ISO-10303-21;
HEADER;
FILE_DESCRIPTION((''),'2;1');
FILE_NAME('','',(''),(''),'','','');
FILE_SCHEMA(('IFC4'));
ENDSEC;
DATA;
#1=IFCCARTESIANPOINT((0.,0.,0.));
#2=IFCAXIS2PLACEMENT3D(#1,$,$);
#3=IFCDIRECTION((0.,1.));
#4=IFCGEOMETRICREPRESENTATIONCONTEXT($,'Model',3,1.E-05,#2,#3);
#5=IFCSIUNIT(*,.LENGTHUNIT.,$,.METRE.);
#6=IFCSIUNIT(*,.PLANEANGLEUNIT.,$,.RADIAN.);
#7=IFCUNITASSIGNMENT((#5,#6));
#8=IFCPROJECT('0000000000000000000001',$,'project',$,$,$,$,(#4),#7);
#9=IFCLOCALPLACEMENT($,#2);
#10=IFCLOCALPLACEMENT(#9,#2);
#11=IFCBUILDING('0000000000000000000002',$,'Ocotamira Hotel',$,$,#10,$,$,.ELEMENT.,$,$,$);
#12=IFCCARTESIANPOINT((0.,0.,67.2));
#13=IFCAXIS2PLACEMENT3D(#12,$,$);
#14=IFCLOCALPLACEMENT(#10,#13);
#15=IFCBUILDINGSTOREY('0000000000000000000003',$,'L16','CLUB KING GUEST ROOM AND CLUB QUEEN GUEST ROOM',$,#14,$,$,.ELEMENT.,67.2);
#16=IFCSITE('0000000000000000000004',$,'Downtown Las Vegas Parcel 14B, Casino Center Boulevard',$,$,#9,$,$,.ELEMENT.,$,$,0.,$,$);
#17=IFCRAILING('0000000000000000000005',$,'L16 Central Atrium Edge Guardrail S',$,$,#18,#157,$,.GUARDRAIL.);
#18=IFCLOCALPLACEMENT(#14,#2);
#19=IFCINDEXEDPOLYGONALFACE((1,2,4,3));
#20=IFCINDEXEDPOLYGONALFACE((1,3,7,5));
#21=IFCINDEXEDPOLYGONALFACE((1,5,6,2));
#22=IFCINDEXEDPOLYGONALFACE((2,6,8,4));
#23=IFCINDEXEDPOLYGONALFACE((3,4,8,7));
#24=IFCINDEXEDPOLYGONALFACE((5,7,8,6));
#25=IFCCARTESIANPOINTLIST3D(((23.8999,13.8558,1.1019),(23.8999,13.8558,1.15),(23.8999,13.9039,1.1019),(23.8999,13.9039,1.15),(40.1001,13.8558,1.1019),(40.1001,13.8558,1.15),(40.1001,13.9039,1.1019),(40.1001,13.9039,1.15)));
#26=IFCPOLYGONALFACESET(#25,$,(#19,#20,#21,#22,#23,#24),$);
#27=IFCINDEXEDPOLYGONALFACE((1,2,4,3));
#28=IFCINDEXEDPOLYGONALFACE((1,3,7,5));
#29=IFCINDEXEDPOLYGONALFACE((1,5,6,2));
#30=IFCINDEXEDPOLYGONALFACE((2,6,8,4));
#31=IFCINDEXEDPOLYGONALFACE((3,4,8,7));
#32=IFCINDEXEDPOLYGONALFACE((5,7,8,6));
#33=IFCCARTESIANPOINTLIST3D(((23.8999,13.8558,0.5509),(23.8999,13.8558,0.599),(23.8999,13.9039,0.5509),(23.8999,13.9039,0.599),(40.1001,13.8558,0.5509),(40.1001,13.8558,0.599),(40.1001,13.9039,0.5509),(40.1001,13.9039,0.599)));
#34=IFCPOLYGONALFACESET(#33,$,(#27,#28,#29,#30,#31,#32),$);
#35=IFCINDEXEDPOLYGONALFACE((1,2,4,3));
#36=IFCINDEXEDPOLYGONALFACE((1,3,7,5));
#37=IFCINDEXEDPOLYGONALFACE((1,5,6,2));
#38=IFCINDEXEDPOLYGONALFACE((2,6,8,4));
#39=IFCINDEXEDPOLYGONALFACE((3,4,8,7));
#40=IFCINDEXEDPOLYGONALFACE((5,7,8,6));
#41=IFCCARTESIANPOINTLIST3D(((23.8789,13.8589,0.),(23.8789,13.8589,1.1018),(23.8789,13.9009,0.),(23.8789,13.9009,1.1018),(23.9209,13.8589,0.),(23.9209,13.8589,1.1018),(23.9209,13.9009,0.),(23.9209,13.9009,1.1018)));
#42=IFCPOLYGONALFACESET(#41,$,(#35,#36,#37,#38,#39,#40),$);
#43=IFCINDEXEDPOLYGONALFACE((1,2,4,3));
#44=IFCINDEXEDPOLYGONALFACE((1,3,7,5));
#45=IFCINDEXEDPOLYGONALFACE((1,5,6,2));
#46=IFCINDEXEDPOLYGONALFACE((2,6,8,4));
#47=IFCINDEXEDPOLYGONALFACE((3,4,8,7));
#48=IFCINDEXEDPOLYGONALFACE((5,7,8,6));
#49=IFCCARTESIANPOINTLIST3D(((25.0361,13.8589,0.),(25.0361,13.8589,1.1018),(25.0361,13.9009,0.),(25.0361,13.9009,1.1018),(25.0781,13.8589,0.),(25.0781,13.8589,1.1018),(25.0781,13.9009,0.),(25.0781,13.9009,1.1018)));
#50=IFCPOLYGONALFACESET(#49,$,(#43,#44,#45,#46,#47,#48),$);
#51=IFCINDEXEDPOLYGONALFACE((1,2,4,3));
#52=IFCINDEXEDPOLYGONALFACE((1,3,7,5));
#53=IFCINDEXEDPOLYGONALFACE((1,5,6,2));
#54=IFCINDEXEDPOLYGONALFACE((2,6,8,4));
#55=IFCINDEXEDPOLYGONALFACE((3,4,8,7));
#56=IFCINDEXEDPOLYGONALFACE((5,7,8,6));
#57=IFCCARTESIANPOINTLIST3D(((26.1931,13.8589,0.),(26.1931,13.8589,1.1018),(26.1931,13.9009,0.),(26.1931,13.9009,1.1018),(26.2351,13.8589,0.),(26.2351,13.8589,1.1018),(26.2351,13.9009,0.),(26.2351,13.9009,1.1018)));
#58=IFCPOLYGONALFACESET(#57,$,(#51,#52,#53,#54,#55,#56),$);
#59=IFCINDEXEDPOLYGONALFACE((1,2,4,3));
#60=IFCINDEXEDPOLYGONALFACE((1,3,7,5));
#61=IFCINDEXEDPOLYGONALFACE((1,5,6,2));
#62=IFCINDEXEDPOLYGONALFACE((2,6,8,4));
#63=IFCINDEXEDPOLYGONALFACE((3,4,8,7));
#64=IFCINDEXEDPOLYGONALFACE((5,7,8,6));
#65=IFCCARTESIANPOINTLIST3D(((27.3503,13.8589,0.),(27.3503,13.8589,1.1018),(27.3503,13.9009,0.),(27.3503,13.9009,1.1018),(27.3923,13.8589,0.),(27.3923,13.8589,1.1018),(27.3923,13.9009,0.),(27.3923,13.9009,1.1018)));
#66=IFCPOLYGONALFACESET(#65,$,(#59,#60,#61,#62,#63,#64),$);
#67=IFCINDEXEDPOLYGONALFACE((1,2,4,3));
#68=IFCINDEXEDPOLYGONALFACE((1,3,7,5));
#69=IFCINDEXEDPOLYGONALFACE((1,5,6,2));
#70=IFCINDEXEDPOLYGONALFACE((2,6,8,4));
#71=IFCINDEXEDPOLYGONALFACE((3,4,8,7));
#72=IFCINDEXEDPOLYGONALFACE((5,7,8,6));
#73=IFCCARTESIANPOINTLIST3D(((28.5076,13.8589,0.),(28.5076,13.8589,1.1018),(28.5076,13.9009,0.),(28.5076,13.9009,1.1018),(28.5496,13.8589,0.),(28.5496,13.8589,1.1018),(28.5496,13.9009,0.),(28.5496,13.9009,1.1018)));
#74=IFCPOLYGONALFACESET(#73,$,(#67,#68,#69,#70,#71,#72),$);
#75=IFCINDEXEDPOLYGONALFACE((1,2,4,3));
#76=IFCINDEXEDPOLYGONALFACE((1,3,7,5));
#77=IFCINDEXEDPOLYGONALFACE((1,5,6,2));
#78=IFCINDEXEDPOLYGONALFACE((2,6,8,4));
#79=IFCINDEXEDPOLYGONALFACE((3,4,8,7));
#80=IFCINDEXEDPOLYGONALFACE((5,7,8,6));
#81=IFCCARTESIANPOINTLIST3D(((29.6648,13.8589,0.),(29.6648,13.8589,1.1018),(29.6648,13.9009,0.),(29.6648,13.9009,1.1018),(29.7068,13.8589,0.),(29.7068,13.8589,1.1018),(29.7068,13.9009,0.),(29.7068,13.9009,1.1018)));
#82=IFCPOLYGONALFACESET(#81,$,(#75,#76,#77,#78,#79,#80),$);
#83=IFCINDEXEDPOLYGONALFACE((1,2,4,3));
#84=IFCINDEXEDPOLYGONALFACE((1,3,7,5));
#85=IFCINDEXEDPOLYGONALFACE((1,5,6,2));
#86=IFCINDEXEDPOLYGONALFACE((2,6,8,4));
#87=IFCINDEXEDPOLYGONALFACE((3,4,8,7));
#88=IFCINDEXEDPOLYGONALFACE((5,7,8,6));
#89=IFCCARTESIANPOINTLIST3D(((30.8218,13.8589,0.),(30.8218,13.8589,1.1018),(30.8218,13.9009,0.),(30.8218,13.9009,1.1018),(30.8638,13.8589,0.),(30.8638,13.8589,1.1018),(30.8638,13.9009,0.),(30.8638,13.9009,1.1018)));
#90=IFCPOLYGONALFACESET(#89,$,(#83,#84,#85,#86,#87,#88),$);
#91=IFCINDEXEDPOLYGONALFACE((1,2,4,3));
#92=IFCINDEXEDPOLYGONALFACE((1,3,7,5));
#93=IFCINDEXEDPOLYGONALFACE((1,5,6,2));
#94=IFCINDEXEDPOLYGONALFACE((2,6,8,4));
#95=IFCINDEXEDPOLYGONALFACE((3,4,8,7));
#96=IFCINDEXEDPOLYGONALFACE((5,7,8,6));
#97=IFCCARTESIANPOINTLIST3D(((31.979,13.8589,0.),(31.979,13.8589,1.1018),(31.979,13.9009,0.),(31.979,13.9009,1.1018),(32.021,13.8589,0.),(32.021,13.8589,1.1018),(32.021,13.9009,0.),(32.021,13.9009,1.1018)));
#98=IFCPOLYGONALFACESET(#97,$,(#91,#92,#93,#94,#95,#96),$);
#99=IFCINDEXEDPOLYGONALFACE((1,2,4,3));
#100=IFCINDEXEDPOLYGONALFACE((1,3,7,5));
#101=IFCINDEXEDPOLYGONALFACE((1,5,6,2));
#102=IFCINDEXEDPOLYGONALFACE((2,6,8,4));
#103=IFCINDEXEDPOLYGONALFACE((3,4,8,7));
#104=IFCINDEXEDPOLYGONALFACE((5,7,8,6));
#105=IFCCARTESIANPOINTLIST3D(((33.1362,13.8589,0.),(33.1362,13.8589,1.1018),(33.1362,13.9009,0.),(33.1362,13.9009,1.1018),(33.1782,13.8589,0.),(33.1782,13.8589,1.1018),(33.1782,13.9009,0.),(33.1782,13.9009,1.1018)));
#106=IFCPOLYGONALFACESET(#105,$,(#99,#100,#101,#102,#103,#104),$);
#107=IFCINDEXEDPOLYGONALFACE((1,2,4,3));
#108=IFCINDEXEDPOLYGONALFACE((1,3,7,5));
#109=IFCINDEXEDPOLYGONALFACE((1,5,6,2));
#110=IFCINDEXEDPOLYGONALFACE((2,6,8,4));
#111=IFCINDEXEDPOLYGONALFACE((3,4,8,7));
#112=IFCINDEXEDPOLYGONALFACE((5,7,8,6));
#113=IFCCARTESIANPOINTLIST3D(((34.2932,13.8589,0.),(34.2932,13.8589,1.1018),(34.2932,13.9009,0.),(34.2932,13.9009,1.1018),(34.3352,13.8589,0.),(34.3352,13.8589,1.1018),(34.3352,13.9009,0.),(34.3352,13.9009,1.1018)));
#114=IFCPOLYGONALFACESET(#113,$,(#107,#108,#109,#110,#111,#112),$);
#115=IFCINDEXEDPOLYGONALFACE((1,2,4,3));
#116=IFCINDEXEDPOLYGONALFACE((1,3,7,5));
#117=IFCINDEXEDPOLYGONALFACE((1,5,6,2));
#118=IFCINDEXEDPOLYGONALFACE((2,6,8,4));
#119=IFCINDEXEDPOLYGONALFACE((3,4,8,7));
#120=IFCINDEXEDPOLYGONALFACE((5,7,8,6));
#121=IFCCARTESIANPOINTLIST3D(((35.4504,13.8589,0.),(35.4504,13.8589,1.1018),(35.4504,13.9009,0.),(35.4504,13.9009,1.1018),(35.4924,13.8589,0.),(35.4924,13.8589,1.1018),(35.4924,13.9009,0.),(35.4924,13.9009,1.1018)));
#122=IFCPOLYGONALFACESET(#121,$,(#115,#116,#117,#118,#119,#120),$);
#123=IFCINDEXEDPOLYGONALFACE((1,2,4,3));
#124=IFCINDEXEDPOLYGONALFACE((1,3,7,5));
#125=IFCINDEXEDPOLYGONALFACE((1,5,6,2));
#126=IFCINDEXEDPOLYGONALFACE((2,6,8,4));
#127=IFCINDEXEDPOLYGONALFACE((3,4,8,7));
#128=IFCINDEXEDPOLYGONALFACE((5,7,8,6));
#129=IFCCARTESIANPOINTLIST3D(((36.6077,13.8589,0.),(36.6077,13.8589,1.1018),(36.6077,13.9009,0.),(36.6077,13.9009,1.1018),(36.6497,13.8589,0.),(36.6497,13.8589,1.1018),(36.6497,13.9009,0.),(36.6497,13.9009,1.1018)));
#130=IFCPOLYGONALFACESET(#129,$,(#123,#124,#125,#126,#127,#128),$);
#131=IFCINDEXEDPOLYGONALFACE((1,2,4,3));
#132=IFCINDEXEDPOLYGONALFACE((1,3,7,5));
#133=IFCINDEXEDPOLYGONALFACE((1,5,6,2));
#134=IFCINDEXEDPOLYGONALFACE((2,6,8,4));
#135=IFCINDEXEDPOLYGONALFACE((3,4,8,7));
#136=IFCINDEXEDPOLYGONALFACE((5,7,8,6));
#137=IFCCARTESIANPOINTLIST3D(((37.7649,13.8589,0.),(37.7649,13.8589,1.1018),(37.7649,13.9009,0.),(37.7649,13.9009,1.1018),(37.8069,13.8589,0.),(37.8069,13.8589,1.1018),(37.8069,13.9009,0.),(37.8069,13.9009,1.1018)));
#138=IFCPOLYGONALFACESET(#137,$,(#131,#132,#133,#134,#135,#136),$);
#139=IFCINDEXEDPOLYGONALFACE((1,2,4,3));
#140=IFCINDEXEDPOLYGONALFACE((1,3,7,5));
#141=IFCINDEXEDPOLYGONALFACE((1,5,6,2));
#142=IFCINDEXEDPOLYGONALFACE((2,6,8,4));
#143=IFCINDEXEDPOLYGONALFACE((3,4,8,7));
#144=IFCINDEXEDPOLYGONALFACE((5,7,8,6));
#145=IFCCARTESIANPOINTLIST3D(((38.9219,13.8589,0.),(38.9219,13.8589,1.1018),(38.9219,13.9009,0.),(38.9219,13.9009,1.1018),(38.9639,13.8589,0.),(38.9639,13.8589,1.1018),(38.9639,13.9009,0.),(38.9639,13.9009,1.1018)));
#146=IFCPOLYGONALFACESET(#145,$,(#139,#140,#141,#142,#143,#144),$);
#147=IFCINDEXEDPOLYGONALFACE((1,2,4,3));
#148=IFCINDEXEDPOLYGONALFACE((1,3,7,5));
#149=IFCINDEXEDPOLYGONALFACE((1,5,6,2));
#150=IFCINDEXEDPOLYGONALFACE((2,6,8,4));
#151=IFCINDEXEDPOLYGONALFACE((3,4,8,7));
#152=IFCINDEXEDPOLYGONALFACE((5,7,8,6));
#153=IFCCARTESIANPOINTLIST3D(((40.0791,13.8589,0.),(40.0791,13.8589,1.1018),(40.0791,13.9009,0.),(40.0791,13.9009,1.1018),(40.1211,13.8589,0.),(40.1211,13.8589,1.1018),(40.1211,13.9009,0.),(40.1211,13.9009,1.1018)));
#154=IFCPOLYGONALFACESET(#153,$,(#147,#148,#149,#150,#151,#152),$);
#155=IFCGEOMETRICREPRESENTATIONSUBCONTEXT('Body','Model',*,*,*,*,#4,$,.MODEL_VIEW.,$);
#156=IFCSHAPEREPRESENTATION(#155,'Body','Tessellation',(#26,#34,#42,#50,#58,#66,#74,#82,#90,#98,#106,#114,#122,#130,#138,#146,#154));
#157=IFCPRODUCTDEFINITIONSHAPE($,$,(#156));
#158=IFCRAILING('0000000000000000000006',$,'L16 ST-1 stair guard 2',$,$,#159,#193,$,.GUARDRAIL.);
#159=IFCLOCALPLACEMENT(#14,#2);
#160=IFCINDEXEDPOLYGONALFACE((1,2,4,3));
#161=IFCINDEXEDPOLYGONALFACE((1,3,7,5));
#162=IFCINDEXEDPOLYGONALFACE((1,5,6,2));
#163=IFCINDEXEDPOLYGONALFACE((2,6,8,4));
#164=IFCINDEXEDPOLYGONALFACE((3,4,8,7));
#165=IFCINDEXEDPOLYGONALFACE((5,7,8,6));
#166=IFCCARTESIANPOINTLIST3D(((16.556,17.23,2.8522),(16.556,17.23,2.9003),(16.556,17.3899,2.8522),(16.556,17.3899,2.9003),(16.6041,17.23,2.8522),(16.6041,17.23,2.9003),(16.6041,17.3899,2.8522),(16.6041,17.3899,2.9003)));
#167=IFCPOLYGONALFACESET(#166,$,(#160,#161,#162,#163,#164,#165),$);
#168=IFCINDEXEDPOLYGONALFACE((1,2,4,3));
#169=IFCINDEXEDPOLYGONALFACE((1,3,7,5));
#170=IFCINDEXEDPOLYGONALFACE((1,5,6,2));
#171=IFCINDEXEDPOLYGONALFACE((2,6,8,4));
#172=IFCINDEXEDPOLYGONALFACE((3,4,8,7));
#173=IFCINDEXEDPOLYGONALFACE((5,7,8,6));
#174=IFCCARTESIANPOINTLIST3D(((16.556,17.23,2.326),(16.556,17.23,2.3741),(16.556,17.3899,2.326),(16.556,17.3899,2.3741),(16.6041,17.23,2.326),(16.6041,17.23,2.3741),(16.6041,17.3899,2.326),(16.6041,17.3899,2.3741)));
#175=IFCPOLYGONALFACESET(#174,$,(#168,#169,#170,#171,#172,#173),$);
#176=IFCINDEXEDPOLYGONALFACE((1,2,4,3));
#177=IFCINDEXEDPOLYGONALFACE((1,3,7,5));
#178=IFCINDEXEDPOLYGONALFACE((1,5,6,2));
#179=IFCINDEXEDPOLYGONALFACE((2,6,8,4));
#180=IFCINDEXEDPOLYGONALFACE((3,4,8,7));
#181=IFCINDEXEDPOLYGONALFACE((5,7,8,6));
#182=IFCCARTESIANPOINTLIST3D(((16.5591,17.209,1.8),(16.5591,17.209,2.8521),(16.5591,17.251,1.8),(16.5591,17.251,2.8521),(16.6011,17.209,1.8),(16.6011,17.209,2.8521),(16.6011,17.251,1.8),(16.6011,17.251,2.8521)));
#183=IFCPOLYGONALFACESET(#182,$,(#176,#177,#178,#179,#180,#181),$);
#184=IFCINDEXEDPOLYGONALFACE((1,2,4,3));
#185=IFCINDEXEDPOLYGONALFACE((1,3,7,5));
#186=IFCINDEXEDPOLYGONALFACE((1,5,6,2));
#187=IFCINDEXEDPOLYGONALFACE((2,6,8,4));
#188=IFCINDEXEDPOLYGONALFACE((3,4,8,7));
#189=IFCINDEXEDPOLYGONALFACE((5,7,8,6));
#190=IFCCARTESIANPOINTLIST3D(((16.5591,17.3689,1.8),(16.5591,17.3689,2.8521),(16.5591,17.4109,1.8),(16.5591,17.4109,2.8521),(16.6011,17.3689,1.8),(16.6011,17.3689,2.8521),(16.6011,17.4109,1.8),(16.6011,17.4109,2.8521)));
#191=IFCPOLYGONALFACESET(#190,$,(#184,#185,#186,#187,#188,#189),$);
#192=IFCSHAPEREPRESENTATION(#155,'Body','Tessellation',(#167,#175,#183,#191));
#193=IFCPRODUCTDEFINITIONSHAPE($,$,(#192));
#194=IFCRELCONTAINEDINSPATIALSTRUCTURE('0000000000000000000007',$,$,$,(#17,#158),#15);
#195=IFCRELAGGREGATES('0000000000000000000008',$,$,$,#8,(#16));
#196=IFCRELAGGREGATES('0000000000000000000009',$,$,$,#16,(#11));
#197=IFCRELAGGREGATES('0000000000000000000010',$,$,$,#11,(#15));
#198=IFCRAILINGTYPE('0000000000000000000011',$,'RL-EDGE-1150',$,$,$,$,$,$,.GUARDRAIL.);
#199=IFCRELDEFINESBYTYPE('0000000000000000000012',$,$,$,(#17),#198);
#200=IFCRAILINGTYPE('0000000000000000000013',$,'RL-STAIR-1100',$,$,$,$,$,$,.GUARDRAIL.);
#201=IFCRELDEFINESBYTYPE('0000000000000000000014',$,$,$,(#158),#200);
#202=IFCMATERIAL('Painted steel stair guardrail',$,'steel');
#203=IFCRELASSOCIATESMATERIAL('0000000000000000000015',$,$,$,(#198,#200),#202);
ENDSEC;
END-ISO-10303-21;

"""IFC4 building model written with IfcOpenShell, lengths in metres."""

from ifc_helpers import new_model, si_unit, direction, frame, origin, origin_2d, place, context, subcontext, project, spatial, rectangle, extrude, material, type_object, element, save


model = new_model("IFC4")

# Units and contexts
model_context = context("Model", 3, precision=1e-05, world=origin(), true_north=direction((0.0, 1.0)))
body_context = subcontext(model_context, "Body", "Model", "MODEL_VIEW")
ifc_project = project(units=[si_unit("LENGTHUNIT", "METRE"), si_unit("PLANEANGLEUNIT", "RADIAN")], contexts=[model_context])

# Site, building, storey
site_placement = place(None, origin())
site = spatial("IfcSite", under=ifc_project, at=site_placement, Name="Downtown Las Vegas Parcel 14B, Casino Center Boulevard", CompositionType="ELEMENT", RefElevation=0.0)
building_placement = place(site_placement, origin())
building = spatial("IfcBuilding", under=site, at=building_placement, Name="Ocotamira Hotel", CompositionType="ELEMENT")
storey_placement = place(building_placement, frame((0.0, 0.0, 67.2)))
storey = spatial("IfcBuildingStorey", under=building, at=storey_placement, Name="L16", Description="CLUB KING GUEST ROOM AND CLUB QUEEN GUEST ROOM", CompositionType="ELEMENT", Elevation=67.2)

# Railings
ifc_material_1 = material(Name="Painted steel stair guardrail", Category="steel")
railing_type_1 = type_object("IfcRailingType", Name="RL-EDGE-1150", PredefinedType="GUARDRAIL", material=ifc_material_1)
railing_1_placement = place(storey_placement, frame((23.8999, 13.8799, 0.0)))
element("IfcRailing", 1, at=railing_1_placement, inside=storey, type_object=railing_type_1, Name="L16 Central Atrium Edge Guardrail S", PredefinedType="GUARDRAIL", context=body_context, shape_type="SweptSolid", body=[
    extrude(rectangle(XDim=0.0481, YDim=0.0481, at=origin_2d()), frame((0.0, 0.0, 1.126), z_axis=(1.0, 0.0, 0.0), x_axis=(0.0, 1.0, 0.0)), (0.0, 0.0, 1.0), 16.2002),
    extrude(rectangle(XDim=0.0481, YDim=0.0481, at=origin_2d()), frame((0.0, 0.0, 0.575), z_axis=(1.0, 0.0, 0.0), x_axis=(0.0, 1.0, 0.0)), (0.0, 0.0, 1.0), 16.2002),
    extrude(rectangle(XDim=0.042, YDim=0.042, at=origin_2d()), origin(), (0.0, 0.0, 1.0), 1.1018),
    extrude(rectangle(XDim=0.042, YDim=0.042, at=origin_2d()), frame((1.1572, 0.0, 0.0)), (0.0, 0.0, 1.0), 1.1018),
    extrude(rectangle(XDim=0.042, YDim=0.042, at=origin_2d()), frame((2.3142, 0.0, 0.0)), (0.0, 0.0, 1.0), 1.1018),
    extrude(rectangle(XDim=0.042, YDim=0.042, at=origin_2d()), frame((3.4714, 0.0, 0.0)), (0.0, 0.0, 1.0), 1.1018),
    extrude(rectangle(XDim=0.042, YDim=0.042, at=origin_2d()), frame((4.6287, 0.0, 0.0)), (0.0, 0.0, 1.0), 1.1018),
    extrude(rectangle(XDim=0.042, YDim=0.042, at=origin_2d()), frame((5.7859, 0.0, 0.0)), (0.0, 0.0, 1.0), 1.1018),
    extrude(rectangle(XDim=0.042, YDim=0.042, at=origin_2d()), frame((6.9429, 0.0, 0.0)), (0.0, 0.0, 1.0), 1.1018),
    extrude(rectangle(XDim=0.042, YDim=0.042, at=origin_2d()), frame((8.1001, 0.0, 0.0)), (0.0, 0.0, 1.0), 1.1018),
    extrude(rectangle(XDim=0.042, YDim=0.042, at=origin_2d()), frame((9.2573, 0.0, 0.0)), (0.0, 0.0, 1.0), 1.1018),
    extrude(rectangle(XDim=0.042, YDim=0.042, at=origin_2d()), frame((10.4143, 0.0, 0.0)), (0.0, 0.0, 1.0), 1.1018),
    extrude(rectangle(XDim=0.042, YDim=0.042, at=origin_2d()), frame((11.5715, 0.0, 0.0)), (0.0, 0.0, 1.0), 1.1018),
    extrude(rectangle(XDim=0.042, YDim=0.042, at=origin_2d()), frame((12.7288, 0.0, 0.0)), (0.0, 0.0, 1.0), 1.1018),
    extrude(rectangle(XDim=0.042, YDim=0.042, at=origin_2d()), frame((13.886, 0.0, 0.0)), (0.0, 0.0, 1.0), 1.1018),
    extrude(rectangle(XDim=0.042, YDim=0.042, at=origin_2d()), frame((15.043, 0.0, 0.0)), (0.0, 0.0, 1.0), 1.1018),
    extrude(rectangle(XDim=0.042, YDim=0.042, at=origin_2d()), frame((16.2002, 0.0, 0.0)), (0.0, 0.0, 1.0), 1.1018),
])
railing_type_2 = type_object("IfcRailingType", Name="RL-STAIR-1100", PredefinedType="GUARDRAIL", material=ifc_material_1)
railing_2_placement = place(storey_placement, frame((16.5801, 17.23, 1.8)))
element("IfcRailing", 2, at=railing_2_placement, inside=storey, type_object=railing_type_2, Name="L16 ST-1 stair guard 2", PredefinedType="GUARDRAIL", context=body_context, shape_type="SweptSolid", body=[
    extrude(rectangle(XDim=0.0481, YDim=0.0481, at=origin_2d()), frame((0.0, 0.0, 1.0762), z_axis=(0.0, 1.0, 0.0), x_axis=(-1.0, 0.0, 0.0)), (0.0, 0.0, 1.0), 0.1599),
    extrude(rectangle(XDim=0.0481, YDim=0.0481, at=origin_2d()), frame((0.0, 0.0, 0.55), z_axis=(0.0, 1.0, 0.0), x_axis=(-1.0, 0.0, 0.0)), (0.0, 0.0, 1.0), 0.1599),
    extrude(rectangle(XDim=0.042, YDim=0.042, at=origin_2d()), origin(), (0.0, 0.0, 1.0), 1.052),
    extrude(rectangle(XDim=0.042, YDim=0.042, at=origin_2d()), frame((0.0, 0.1599, 0.0)), (0.0, 0.0, 1.0), 1.052),
])

save(model, "model.ifc")
